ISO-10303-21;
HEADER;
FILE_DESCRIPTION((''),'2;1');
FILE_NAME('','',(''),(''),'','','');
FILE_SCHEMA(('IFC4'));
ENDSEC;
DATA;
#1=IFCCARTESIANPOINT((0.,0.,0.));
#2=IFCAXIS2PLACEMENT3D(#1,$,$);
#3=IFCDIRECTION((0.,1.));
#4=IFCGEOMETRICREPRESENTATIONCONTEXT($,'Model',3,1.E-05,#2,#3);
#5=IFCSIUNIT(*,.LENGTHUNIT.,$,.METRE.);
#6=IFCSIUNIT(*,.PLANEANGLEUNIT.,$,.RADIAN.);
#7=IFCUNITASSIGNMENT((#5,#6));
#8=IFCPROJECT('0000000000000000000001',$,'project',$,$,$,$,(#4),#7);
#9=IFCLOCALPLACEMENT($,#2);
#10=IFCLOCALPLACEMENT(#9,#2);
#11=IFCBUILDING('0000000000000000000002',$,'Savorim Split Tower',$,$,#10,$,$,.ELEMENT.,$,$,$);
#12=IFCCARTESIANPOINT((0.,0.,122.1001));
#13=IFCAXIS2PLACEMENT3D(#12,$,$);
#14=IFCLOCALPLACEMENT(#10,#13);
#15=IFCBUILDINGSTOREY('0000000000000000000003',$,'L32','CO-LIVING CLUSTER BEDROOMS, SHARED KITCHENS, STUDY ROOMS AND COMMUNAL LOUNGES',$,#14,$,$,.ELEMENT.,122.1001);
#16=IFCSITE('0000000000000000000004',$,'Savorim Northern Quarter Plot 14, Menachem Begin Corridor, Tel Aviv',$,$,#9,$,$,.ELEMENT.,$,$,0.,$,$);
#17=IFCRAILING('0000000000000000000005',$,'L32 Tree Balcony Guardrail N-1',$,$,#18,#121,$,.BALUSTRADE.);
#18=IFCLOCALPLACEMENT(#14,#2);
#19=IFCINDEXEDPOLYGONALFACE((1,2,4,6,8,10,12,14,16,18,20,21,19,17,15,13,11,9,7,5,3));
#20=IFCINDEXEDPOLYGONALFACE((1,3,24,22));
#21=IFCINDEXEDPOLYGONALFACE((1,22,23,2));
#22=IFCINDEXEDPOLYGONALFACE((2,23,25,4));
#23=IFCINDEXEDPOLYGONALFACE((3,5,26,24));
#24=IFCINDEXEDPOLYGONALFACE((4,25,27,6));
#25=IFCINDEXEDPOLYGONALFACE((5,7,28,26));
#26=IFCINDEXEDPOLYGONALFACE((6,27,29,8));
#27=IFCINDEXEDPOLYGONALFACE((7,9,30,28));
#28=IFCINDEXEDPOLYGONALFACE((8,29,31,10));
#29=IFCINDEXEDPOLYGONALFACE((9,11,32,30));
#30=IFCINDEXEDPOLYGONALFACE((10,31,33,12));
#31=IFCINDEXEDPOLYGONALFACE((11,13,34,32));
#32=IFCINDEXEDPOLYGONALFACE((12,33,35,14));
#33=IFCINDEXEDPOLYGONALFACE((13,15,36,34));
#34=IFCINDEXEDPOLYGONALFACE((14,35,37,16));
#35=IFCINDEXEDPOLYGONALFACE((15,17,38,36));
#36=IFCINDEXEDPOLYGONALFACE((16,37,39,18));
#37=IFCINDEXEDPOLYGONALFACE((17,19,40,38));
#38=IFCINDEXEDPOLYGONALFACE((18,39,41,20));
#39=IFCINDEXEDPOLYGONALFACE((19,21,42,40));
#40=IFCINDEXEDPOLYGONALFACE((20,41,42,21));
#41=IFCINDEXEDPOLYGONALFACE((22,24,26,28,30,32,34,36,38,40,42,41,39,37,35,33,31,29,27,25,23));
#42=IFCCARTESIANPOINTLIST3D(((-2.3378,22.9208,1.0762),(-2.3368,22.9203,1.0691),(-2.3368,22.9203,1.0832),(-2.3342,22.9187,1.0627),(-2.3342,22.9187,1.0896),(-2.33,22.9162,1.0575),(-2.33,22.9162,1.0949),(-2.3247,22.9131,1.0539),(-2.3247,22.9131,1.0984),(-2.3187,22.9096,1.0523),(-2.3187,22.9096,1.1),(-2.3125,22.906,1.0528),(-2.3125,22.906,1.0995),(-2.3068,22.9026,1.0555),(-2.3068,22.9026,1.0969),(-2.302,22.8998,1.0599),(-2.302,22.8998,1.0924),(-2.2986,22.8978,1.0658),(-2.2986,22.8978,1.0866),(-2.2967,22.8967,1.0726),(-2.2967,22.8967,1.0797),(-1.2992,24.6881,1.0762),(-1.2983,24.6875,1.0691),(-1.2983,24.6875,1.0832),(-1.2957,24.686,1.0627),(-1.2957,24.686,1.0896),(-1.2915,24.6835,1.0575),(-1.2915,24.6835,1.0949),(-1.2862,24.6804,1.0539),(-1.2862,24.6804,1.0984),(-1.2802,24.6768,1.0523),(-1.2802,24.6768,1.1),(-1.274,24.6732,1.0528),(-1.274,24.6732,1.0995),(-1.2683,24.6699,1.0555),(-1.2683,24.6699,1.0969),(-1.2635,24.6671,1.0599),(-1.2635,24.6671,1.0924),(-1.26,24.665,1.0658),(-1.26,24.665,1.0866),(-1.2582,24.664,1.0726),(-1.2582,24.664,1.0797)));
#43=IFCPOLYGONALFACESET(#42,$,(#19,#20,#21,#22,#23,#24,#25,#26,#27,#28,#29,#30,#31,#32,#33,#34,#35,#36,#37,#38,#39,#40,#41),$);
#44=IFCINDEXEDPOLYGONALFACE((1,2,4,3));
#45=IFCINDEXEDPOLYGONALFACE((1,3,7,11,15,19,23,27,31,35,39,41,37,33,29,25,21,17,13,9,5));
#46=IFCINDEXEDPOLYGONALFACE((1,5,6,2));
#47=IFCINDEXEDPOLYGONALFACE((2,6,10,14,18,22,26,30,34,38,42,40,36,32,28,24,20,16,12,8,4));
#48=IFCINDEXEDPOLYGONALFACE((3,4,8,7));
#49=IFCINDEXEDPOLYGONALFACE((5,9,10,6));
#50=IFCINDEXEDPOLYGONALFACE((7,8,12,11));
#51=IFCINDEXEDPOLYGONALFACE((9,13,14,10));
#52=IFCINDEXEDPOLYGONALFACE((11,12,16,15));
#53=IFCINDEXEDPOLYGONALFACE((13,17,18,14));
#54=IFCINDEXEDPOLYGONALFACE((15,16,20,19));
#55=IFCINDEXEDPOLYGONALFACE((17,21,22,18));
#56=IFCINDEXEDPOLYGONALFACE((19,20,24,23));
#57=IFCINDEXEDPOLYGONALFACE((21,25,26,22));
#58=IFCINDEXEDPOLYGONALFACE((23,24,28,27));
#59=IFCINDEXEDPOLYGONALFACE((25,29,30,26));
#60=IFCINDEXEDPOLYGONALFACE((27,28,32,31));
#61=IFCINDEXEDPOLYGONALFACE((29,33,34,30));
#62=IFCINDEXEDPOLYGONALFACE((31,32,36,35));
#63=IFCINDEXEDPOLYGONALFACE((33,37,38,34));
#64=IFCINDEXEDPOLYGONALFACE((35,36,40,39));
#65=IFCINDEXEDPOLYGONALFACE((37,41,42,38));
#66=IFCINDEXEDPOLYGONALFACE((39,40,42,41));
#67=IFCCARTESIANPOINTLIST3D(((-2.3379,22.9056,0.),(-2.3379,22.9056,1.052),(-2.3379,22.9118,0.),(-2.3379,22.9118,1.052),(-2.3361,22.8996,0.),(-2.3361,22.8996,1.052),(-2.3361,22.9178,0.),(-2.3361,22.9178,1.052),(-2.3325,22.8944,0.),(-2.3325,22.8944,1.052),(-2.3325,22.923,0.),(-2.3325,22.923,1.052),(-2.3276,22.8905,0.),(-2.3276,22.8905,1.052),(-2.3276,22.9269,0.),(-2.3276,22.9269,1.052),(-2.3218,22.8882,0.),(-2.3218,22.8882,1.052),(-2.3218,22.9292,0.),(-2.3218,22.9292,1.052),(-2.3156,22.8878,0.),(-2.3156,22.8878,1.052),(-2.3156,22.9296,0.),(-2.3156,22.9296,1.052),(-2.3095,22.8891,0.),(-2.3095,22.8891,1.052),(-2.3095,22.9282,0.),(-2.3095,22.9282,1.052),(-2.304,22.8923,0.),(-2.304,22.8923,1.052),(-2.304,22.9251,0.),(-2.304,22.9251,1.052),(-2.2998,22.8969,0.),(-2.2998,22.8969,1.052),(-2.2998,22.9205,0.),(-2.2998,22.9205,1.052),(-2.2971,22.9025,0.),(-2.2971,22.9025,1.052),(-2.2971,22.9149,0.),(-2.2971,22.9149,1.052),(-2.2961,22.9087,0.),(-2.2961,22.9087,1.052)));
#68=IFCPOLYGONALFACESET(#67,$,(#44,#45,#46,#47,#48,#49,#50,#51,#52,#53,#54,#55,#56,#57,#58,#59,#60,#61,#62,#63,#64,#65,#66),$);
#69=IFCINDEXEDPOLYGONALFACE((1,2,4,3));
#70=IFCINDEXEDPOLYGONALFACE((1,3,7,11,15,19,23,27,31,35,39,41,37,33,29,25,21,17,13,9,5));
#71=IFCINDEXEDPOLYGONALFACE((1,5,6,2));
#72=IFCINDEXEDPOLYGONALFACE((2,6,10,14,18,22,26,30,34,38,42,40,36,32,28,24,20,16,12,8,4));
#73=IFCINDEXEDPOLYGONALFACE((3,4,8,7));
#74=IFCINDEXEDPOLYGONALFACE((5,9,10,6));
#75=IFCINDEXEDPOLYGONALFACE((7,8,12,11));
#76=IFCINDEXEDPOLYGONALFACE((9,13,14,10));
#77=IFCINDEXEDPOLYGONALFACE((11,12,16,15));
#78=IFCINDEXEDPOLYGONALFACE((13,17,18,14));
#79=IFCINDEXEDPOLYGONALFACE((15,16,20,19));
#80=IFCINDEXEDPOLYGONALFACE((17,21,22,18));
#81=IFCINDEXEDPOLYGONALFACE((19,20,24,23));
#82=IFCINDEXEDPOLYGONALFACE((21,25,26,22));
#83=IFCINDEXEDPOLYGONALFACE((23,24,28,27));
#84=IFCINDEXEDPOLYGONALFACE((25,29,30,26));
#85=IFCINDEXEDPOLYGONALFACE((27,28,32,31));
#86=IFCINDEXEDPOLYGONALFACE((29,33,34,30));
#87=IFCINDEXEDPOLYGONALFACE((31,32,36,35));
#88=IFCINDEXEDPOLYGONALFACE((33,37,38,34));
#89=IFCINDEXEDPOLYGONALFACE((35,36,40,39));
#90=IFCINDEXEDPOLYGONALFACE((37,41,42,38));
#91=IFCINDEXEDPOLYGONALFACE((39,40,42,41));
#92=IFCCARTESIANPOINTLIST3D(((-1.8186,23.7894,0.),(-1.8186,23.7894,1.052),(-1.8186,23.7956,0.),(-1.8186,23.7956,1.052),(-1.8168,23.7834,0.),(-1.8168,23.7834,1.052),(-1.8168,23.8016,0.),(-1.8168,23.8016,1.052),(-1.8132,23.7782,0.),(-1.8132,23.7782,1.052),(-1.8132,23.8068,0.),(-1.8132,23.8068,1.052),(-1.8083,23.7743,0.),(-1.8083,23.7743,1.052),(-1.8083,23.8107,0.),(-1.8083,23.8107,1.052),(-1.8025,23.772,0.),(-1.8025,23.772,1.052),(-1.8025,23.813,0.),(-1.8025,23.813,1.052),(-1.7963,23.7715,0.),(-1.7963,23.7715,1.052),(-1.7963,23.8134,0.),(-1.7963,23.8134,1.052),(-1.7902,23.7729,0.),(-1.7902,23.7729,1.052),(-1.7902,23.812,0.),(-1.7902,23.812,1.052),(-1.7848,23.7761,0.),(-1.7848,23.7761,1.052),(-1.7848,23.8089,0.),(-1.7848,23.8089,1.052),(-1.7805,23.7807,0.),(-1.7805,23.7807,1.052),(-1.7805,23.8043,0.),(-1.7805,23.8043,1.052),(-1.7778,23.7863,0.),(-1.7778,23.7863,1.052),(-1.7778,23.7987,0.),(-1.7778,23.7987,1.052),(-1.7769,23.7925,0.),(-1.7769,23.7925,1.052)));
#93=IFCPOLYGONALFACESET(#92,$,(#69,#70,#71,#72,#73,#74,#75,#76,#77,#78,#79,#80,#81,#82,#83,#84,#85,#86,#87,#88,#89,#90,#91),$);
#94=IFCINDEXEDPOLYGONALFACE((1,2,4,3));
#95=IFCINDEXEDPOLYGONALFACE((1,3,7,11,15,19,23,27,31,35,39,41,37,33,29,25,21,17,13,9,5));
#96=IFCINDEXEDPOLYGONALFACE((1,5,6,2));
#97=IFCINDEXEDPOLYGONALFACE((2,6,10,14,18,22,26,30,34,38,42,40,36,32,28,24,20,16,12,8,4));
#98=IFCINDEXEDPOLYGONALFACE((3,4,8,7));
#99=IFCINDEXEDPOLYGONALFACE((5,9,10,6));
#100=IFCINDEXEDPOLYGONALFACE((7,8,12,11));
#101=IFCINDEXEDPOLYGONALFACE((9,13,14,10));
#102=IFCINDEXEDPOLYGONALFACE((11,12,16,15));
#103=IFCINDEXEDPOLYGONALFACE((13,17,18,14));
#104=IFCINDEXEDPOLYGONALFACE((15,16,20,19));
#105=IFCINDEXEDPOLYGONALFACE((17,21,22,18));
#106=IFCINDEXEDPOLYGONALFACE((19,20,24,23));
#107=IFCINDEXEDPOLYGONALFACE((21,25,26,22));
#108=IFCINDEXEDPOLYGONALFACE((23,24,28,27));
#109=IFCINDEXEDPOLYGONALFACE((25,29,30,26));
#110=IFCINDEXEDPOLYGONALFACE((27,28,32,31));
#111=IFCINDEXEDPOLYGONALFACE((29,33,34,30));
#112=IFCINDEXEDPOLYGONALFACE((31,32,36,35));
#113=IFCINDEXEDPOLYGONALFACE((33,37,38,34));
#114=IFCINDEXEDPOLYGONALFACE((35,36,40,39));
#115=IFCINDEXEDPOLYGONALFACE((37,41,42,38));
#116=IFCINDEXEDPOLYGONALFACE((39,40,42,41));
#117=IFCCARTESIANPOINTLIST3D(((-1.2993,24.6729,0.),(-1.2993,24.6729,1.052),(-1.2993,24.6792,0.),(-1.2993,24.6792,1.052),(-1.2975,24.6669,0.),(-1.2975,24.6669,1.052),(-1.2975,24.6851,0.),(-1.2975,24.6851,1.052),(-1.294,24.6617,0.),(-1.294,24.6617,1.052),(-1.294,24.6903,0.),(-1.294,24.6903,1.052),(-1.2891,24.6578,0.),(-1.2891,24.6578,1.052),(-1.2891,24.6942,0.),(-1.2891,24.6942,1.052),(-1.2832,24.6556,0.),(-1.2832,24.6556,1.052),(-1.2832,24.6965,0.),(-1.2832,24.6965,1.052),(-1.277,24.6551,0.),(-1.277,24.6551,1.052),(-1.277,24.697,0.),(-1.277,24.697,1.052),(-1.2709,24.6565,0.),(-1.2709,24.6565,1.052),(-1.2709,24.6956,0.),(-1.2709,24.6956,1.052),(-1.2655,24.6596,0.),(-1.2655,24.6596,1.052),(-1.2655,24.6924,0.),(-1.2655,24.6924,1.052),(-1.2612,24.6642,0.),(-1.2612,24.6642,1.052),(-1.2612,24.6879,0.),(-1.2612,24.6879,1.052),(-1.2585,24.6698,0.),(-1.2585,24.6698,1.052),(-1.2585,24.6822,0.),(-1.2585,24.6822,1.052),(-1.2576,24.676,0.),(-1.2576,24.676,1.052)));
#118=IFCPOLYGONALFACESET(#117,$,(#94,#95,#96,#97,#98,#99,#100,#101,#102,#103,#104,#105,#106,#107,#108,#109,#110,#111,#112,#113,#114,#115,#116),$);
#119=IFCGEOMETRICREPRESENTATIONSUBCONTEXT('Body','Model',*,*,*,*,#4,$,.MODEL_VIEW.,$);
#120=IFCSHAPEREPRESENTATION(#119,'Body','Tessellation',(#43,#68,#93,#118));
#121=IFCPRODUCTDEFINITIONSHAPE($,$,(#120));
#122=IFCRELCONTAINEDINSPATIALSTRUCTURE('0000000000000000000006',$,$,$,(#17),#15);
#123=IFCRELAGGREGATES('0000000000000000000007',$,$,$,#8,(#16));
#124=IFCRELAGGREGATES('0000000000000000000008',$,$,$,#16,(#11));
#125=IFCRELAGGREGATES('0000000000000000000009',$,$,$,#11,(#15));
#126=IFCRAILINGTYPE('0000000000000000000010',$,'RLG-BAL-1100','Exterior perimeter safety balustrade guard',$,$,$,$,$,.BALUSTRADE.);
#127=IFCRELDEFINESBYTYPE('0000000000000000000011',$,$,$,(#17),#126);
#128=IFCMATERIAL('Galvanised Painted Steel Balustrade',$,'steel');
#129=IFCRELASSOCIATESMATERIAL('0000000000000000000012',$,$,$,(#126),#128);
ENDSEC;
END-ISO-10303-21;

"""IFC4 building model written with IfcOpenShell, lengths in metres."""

from ifc_helpers import new_model, si_unit, direction, frame, origin, origin_2d, place, context, subcontext, project, spatial, circle, extrude, material, type_object, element, save


model = new_model("IFC4")

# Units and contexts
model_context = context("Model", 3, precision=1e-05, world=origin(), true_north=direction((0.0, 1.0)))
body_context = subcontext(model_context, "Body", "Model", "MODEL_VIEW")
ifc_project = project(units=[si_unit("LENGTHUNIT", "METRE"), si_unit("PLANEANGLEUNIT", "RADIAN")], contexts=[model_context])

# Site, building, storey
site_placement = place(None, origin())
site = spatial("IfcSite", under=ifc_project, at=site_placement, Name="Savorim Northern Quarter Plot 14, Menachem Begin Corridor, Tel Aviv", CompositionType="ELEMENT", RefElevation=0.0)
building_placement = place(site_placement, origin())
building = spatial("IfcBuilding", under=site, at=building_placement, Name="Savorim Split Tower", CompositionType="ELEMENT")
storey_placement = place(building_placement, frame((0.0, 0.0, 122.1001)))
storey = spatial("IfcBuildingStorey", under=building, at=storey_placement, Name="L32", Description="CO-LIVING CLUSTER BEDROOMS, SHARED KITCHENS, STUDY ROOMS AND COMMUNAL LOUNGES", CompositionType="ELEMENT", Elevation=122.1001)

# Railing
ifc_material_1 = material(Name="Galvanised Painted Steel Balustrade", Category="steel")
railing_type = type_object("IfcRailingType", Name="RLG-BAL-1100", Description="Exterior perimeter safety balustrade guard", PredefinedType="BALUSTRADE", material=ifc_material_1)
railing_1_placement = place(storey_placement, frame((-2.3171, 22.9087, 0.0)))
element("IfcRailing", 1, at=railing_1_placement, inside=storey, type_object=railing_type, Name="L32 Tree Balcony Guardrail N-1", PredefinedType="BALUSTRADE", context=body_context, shape_type="SweptSolid", body=[
    extrude(circle(Radius=0.0239, at=origin_2d()), frame((0.0, 0.0, 1.0762), z_axis=(0.506645, 0.862155, 0.0), x_axis=(-0.862155, 0.506645, 0.0)), (0.0, 0.0, 1.0), 2.0498),
    extrude(circle(Radius=0.021, at=origin_2d()), origin(), (0.0, 0.0, 1.0), 1.052),
    extrude(circle(Radius=0.021, at=origin_2d()), frame((0.5193, 0.8838, 0.0)), (0.0, 0.0, 1.0), 1.052),
    extrude(circle(Radius=0.021, at=origin_2d()), frame((1.0386, 1.7673, 0.0)), (0.0, 0.0, 1.0), 1.052),
])

save(model, "model.ifc")
